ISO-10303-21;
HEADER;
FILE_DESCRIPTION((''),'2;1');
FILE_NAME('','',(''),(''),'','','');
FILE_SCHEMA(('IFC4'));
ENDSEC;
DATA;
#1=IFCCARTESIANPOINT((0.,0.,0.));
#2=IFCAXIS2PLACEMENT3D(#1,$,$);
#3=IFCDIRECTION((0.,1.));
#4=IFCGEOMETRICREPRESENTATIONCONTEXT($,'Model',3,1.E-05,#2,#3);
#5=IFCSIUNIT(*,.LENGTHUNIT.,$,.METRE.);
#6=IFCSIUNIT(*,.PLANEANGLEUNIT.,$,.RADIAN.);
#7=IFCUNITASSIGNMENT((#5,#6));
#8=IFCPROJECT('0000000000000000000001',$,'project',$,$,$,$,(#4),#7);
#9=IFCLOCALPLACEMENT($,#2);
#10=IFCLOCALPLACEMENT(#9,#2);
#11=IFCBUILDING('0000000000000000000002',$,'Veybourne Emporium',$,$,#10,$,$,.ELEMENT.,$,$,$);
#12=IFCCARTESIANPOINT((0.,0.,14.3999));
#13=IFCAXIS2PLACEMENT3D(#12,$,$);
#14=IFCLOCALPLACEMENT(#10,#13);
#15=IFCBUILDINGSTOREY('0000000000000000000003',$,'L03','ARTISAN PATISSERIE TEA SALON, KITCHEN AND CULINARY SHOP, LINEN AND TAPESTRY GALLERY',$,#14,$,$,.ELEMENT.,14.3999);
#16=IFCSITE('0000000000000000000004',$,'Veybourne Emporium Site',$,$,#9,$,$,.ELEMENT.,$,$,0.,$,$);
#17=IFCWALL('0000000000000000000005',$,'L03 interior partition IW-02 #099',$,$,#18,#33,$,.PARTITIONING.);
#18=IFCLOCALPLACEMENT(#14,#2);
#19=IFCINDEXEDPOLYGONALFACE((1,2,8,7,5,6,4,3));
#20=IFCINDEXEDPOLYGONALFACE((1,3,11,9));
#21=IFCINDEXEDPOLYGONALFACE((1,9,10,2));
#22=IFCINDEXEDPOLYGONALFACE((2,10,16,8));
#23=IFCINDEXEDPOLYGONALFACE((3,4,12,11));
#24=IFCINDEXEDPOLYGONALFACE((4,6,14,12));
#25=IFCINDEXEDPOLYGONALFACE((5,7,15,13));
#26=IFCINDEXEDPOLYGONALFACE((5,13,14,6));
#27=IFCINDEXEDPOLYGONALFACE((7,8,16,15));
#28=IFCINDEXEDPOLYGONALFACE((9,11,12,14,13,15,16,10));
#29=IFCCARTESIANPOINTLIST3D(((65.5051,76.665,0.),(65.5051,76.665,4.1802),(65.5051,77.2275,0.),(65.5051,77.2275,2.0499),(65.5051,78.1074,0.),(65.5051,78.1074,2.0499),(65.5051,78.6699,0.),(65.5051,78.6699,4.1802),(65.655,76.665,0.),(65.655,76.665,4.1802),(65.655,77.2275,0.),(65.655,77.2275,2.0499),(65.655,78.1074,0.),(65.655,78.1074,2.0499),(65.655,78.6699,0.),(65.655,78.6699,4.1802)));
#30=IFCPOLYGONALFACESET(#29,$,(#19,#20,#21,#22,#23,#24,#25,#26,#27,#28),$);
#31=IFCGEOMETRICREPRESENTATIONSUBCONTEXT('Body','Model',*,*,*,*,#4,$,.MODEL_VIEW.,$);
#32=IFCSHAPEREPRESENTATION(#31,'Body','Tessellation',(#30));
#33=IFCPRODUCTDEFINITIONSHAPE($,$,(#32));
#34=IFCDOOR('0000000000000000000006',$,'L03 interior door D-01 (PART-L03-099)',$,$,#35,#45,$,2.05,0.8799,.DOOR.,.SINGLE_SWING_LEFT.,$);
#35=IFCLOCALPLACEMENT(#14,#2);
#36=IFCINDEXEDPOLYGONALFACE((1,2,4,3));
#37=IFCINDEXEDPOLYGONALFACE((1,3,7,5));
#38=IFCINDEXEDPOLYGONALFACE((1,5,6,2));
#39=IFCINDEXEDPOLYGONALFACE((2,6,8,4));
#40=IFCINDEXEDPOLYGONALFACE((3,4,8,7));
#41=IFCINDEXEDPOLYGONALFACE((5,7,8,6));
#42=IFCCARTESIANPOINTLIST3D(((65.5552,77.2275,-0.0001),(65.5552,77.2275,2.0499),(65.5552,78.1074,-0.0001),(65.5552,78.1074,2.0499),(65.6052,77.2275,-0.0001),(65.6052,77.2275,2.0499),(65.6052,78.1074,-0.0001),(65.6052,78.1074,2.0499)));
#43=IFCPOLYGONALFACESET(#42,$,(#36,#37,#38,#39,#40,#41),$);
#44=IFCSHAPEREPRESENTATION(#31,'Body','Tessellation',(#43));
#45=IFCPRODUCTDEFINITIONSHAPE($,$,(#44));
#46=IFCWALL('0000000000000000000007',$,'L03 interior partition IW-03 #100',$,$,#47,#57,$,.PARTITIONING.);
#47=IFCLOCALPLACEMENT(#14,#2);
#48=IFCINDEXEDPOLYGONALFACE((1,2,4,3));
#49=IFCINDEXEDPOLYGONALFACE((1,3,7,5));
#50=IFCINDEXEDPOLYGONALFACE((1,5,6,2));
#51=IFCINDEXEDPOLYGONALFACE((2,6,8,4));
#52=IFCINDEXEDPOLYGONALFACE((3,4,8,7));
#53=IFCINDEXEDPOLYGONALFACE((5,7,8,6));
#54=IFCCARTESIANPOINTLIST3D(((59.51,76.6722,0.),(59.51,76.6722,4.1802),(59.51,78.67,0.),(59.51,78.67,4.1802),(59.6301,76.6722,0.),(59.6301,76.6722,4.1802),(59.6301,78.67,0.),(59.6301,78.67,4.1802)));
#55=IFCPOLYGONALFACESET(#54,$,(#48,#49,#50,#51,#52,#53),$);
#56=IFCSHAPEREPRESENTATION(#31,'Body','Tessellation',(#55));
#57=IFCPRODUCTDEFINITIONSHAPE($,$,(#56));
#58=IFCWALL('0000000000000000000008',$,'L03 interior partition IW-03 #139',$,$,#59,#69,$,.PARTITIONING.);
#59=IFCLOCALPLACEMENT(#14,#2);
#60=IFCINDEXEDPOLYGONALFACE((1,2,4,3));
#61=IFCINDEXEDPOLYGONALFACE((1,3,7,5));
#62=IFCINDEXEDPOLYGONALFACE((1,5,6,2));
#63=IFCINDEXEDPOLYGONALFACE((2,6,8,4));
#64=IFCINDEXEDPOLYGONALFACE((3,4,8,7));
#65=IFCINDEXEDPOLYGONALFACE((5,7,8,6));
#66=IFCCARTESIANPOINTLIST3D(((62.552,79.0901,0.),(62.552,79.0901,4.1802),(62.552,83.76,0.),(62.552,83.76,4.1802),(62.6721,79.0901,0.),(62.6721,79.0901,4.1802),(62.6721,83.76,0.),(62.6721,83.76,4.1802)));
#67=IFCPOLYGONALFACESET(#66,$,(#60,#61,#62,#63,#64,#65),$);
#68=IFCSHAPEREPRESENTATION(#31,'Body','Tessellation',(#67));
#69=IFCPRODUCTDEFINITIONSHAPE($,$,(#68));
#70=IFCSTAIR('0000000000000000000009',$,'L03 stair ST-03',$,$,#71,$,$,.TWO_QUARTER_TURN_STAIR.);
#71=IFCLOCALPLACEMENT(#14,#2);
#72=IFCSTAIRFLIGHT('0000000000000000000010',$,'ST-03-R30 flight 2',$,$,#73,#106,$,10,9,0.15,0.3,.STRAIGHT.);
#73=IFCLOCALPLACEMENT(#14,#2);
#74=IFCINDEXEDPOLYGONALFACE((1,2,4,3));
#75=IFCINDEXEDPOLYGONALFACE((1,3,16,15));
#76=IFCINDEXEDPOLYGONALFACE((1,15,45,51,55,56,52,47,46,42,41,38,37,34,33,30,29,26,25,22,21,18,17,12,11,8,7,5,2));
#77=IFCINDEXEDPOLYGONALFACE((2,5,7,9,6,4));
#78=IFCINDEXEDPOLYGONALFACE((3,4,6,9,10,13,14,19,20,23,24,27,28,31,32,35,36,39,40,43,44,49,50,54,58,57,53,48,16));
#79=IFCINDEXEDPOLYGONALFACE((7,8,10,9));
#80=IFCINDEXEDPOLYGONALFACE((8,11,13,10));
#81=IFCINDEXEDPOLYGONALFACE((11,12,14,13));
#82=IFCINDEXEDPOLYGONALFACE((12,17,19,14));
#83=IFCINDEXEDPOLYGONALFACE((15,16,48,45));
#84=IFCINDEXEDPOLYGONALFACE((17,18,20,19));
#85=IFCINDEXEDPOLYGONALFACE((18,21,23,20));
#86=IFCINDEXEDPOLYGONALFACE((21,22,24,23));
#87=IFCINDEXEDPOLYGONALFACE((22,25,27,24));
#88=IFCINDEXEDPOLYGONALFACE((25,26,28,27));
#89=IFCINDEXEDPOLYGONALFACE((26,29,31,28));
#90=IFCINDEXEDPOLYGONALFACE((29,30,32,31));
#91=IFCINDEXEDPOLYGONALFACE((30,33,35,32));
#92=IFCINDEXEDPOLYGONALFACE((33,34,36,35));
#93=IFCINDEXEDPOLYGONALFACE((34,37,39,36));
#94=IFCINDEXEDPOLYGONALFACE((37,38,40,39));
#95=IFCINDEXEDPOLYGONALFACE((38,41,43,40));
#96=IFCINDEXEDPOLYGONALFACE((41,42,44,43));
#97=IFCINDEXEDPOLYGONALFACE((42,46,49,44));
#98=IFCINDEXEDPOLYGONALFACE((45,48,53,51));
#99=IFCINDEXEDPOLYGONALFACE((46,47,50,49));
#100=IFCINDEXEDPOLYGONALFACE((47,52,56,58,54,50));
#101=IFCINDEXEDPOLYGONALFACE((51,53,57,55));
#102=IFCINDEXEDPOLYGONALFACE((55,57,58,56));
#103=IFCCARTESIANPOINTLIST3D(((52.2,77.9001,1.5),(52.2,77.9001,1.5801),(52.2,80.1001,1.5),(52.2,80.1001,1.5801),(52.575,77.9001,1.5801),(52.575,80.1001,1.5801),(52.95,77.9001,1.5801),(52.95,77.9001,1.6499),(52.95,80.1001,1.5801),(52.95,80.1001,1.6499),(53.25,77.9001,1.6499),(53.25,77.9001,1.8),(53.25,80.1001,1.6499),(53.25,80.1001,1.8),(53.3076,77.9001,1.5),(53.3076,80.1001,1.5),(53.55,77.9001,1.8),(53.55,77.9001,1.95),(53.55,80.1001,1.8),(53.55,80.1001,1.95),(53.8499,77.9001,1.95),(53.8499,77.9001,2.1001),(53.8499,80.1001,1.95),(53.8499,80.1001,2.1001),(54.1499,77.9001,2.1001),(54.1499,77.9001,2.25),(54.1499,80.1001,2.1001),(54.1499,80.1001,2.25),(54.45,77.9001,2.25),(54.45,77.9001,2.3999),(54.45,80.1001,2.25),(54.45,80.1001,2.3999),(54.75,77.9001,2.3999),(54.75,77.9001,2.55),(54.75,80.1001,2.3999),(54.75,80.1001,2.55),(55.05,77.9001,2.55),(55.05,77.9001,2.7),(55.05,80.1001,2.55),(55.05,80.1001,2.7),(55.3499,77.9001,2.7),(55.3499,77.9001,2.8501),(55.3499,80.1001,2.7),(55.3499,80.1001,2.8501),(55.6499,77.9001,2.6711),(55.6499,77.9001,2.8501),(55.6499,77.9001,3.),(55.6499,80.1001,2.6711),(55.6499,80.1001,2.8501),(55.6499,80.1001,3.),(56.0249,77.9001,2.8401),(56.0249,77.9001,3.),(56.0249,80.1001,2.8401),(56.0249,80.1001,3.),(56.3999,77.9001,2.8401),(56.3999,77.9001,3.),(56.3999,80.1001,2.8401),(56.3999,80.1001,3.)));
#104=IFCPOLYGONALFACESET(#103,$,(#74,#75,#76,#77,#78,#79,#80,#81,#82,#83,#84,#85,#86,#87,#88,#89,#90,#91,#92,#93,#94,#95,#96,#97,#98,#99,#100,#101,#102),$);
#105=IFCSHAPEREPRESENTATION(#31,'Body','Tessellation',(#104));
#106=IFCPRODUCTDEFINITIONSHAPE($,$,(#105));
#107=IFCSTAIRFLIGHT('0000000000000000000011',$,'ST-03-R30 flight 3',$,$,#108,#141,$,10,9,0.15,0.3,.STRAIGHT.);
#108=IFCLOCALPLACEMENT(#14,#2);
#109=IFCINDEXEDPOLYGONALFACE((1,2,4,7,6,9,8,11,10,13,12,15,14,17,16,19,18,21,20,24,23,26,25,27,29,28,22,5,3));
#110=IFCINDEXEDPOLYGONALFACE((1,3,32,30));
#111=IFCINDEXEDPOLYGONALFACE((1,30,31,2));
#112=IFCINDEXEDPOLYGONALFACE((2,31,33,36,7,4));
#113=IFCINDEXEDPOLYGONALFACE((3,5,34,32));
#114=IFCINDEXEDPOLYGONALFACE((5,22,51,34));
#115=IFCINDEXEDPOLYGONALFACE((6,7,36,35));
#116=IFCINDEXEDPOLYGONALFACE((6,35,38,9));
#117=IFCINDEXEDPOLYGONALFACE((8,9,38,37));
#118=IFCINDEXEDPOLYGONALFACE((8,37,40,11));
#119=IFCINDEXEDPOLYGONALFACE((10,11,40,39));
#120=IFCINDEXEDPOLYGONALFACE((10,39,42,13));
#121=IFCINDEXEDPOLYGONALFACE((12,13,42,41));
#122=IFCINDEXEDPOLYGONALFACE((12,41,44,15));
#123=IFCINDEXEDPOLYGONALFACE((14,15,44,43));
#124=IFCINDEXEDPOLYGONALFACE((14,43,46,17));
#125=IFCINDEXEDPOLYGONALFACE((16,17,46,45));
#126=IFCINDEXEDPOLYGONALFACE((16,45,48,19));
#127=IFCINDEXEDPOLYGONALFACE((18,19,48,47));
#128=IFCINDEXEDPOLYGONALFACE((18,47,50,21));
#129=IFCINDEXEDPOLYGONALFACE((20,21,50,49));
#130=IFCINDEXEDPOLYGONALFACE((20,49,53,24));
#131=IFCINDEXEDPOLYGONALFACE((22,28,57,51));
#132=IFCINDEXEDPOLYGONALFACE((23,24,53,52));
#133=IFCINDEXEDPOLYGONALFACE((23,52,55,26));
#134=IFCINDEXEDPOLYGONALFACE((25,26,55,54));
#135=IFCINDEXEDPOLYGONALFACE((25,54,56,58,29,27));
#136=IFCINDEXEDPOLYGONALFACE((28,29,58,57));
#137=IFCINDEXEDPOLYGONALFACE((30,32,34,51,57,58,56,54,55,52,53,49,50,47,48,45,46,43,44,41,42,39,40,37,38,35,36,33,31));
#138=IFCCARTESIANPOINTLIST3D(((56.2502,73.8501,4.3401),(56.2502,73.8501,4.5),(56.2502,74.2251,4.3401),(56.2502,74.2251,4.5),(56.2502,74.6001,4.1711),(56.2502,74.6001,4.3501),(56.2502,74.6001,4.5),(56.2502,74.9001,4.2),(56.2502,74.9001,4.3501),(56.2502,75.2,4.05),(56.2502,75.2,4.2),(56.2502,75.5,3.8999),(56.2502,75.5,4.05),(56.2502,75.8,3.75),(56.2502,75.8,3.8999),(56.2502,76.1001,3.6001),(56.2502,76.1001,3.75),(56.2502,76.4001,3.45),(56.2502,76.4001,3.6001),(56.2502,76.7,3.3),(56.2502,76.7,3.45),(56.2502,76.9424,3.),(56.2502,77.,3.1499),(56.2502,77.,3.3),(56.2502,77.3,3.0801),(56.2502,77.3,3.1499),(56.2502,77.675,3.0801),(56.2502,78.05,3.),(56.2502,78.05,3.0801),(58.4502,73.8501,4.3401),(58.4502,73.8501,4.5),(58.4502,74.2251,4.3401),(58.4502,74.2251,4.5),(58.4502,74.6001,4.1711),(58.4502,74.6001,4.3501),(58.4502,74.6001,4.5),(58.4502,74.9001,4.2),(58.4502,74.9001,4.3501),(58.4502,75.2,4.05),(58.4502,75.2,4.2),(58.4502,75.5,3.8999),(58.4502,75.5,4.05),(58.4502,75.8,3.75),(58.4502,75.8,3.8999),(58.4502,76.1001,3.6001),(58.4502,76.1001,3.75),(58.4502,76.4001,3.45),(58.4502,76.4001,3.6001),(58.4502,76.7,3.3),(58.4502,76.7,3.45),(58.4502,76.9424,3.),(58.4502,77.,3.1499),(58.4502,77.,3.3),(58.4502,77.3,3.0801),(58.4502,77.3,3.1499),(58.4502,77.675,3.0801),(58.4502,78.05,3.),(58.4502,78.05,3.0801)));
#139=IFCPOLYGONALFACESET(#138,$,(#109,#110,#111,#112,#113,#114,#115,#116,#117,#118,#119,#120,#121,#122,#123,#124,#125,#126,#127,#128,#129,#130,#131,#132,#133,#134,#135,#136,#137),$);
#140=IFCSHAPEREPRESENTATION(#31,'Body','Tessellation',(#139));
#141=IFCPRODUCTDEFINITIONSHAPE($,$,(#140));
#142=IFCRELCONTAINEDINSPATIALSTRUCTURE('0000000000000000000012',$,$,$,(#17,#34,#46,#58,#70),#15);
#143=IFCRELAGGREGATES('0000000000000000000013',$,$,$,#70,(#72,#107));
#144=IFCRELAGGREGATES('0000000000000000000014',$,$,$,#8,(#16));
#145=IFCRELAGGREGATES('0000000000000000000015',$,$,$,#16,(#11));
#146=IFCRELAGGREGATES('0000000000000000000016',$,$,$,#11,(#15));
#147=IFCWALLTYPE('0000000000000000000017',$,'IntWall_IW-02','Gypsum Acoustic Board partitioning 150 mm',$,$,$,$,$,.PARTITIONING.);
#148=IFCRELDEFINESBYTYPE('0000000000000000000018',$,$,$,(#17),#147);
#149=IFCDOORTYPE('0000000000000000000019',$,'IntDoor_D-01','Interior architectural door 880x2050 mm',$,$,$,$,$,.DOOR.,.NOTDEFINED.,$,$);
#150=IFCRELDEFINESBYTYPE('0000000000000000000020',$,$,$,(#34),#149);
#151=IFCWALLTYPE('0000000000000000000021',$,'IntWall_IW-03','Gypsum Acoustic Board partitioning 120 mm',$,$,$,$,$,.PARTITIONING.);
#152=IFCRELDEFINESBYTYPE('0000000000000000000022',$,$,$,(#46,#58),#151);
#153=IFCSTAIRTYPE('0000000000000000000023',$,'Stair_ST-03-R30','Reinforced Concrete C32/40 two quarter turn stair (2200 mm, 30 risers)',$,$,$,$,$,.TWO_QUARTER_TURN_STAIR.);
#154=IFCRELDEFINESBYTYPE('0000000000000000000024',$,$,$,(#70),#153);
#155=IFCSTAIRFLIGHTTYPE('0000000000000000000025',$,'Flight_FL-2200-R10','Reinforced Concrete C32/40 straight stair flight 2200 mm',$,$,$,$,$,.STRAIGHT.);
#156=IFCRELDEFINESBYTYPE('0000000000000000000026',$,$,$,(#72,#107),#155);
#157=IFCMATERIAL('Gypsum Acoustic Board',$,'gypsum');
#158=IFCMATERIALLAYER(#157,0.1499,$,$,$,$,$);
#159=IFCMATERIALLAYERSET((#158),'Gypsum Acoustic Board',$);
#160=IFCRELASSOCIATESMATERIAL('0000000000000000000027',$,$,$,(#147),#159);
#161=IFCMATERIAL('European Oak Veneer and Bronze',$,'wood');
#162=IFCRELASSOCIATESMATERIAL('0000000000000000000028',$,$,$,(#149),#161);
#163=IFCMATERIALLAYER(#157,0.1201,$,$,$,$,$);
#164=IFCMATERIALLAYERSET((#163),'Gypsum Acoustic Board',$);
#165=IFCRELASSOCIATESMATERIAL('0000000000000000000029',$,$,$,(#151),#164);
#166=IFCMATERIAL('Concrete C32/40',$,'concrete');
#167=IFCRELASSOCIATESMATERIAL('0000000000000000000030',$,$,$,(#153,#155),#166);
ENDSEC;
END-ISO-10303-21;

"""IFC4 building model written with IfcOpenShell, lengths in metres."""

from ifc_helpers import new_model, si_unit, direction, frame, frame_2d, origin, place, context, subcontext, project, spatial, polyline, rectangle, outline, extrude, material, layer, layer_set, type_object, element, fill, aggregate, save


model = new_model("IFC4")

# Units and contexts
model_context = context("Model", 3, precision=1e-05, world=origin(), true_north=direction((0.0, 1.0)))
body_context = subcontext(model_context, "Body", "Model", "MODEL_VIEW")
ifc_project = project(units=[si_unit("LENGTHUNIT", "METRE"), si_unit("PLANEANGLEUNIT", "RADIAN")], contexts=[model_context])

# Site, building, storey
site_placement = place(None, origin())
site = spatial("IfcSite", under=ifc_project, at=site_placement, Name="Veybourne Emporium Site", CompositionType="ELEMENT", RefElevation=0.0)
building_placement = place(site_placement, origin())
building = spatial("IfcBuilding", under=site, at=building_placement, Name="Veybourne Emporium", CompositionType="ELEMENT")
storey_placement = place(building_placement, frame((0.0, 0.0, 14.3999)))
storey = spatial("IfcBuildingStorey", under=building, at=storey_placement, Name="L03", Description="ARTISAN PATISSERIE TEA SALON, KITCHEN AND CULINARY SHOP, LINEN AND TAPESTRY GALLERY", CompositionType="ELEMENT", Elevation=14.3999)

# Wall, opening, door
ifc_material_1 = material(Name="Gypsum Acoustic Board", Category="gypsum")
ifc_material_2 = material(Name="European Oak Veneer and Bronze", Category="wood")
ifc_layer_1 = layer(ifc_material_1, 0.1499)
ifc_layer_set_1 = layer_set([ifc_layer_1], Name="Gypsum Acoustic Board")
wall_type_1 = type_object("IfcWallType", Name="IntWall_IW-02", Description="Gypsum Acoustic Board partitioning 150 mm", PredefinedType="PARTITIONING", material=ifc_layer_set_1)
wall_1_placement = place(storey_placement, frame((65.5801, 76.665, 0.0), z_axis=(0.0, 0.0, 1.0), x_axis=(0.0, 1.0, 0.0)))
wall_1 = element("IfcWall", 1, at=wall_1_placement, inside=storey, type_object=wall_type_1, Name="L03 interior partition IW-02 #099", PredefinedType="PARTITIONING", context=body_context, shape_type="SweptSolid", body=[
    extrude(rectangle(XDim=2.0049, YDim=0.1499, at=frame_2d((1.0024, 0.0))), origin(), (0.0, 0.0, 1.0), 4.1802),
])
opening_1_placement = place(wall_1_placement, frame((0.5625, 0.0, 0.0)))
opening_1 = element("IfcOpeningElement", 2, at=opening_1_placement, cuts=wall_1, PredefinedType="OPENING", context=body_context, shape_type="SweptSolid", body=[
    extrude(rectangle(XDim=0.8799, YDim=2.05, at=frame_2d((0.4399, 1.0249))), frame((0.0, 0.095, 0.0), z_axis=(0.0, -1.0, 0.0), x_axis=(1.0, 0.0, 0.0)), (0.0, 0.0, 1.0), 0.1899),
])
door_type_1 = type_object("IfcDoorType", Name="IntDoor_D-01", Description="Interior architectural door 880x2050 mm", OperationType="NOTDEFINED", PredefinedType="DOOR", material=ifc_material_2)
door_1_placement = place(opening_1_placement, origin())
door_1 = element("IfcDoor", 3, at=door_1_placement, inside=storey, type_object=door_type_1, Name="L03 interior door D-01 (PART-L03-099)", OperationType="SINGLE_SWING_LEFT", OverallHeight=2.05, OverallWidth=0.8799, PredefinedType="DOOR", context=body_context, shape_type="SweptSolid", body=[
    extrude(rectangle(XDim=0.8799, YDim=2.05, at=frame_2d((0.4399, 1.0249))), frame((0.0, 0.0249, 0.0), z_axis=(0.0, -1.0, 0.0), x_axis=(1.0, 0.0, 0.0)), (0.0, 0.0, 1.0), 0.05),
])
fill(opening_1, door_1)

# Walls
ifc_layer_2 = layer(ifc_material_1, 0.1201)
ifc_layer_set_2 = layer_set([ifc_layer_2], Name="Gypsum Acoustic Board")
wall_type_2 = type_object("IfcWallType", Name="IntWall_IW-03", Description="Gypsum Acoustic Board partitioning 120 mm", PredefinedType="PARTITIONING", material=ifc_layer_set_2)
wall_2_placement = place(storey_placement, frame((59.5701, 76.6721, 0.0), z_axis=(0.0, 0.0, 1.0), x_axis=(0.0, 1.0, 0.0)))
element("IfcWall", 4, at=wall_2_placement, inside=storey, type_object=wall_type_2, Name="L03 interior partition IW-03 #100", PredefinedType="PARTITIONING", context=body_context, shape_type="SweptSolid", body=[
    extrude(rectangle(XDim=1.9978, YDim=0.1201, at=frame_2d((0.999, 0.0))), origin(), (0.0, 0.0, 1.0), 4.1802),
])
wall_3_placement = place(storey_placement, frame((62.6121, 79.0901, 0.0), z_axis=(0.0, 0.0, 1.0), x_axis=(0.0, 1.0, 0.0)))
element("IfcWall", 5, at=wall_3_placement, inside=storey, type_object=wall_type_2, Name="L03 interior partition IW-03 #139", PredefinedType="PARTITIONING", context=body_context, shape_type="SweptSolid", body=[
    extrude(rectangle(XDim=4.6699, YDim=0.1201, at=frame_2d((2.335, 0.0))), origin(), (0.0, 0.0, 1.0), 4.1802),
])

# Stair, stair flights
ifc_material_3 = material(Name="Concrete C32/40", Category="concrete")
stair_type = type_object("IfcStairType", Name="Stair_ST-03-R30", Description="Reinforced Concrete C32/40 two quarter turn stair (2200 mm, 30 risers)", PredefinedType="TWO_QUARTER_TURN_STAIR", material=ifc_material_3)
stair_placement = place(storey_placement, origin())
stair = element("IfcStair", 6, at=stair_placement, inside=storey, type_object=stair_type, Name="L03 stair ST-03", PredefinedType="TWO_QUARTER_TURN_STAIR")
stair_flight_type = type_object("IfcStairFlightType", Name="Flight_FL-2200-R10", Description="Reinforced Concrete C32/40 straight stair flight 2200 mm", PredefinedType="STRAIGHT", material=ifc_material_3)
stair_flight_1_placement = place(storey_placement, frame((52.95, 79.0, 1.5), z_axis=(0.0, 0.0, 1.0), x_axis=(1.0, 0.0, 0.0)))
stair_flight_1 = element("IfcStairFlight", 7, at=stair_flight_1_placement, type_object=stair_flight_type, Name="ST-03-R30 flight 2", NumberOfRisers=10, NumberOfTreads=9, PredefinedType="STRAIGHT", RiserHeight=0.15, TreadLength=0.3, context=body_context, shape_type="SweptSolid", body=[
    extrude(outline(polyline([(-0.75, 0.0), (-0.75, 0.0801), (-0.375, 0.0801), (0.0, 0.0801), (0.0, 0.1499), (0.3, 0.1499), (0.3, 0.3), (0.6001, 0.3), (0.6001, 0.45), (0.8999, 0.45), (0.8999, 0.6001), (1.2, 0.6001), (1.2, 0.75), (1.5, 0.75), (1.5, 0.8999), (1.8, 0.8999), (1.8, 1.05), (2.1001, 1.05), (2.1001, 1.2), (2.3999, 1.2), (2.3999, 1.3501), (2.7, 1.3501), (2.7, 1.5), (3.075, 1.5), (3.45, 1.5), (3.45, 1.3401), (3.075, 1.3401), (2.7, 1.1711), (0.3577, 0.0), (-0.75, 0.0)])), frame((0.0, 1.1001, 0.0), z_axis=(0.0, -1.0, 0.0), x_axis=(1.0, 0.0, 0.0)), (0.0, 0.0, 1.0), 2.2),
])
stair_flight_2_placement = place(storey_placement, frame((57.3501, 77.3, 3.0), z_axis=(0.0, 0.0, 1.0), x_axis=(0.0, -1.0, 0.0)))
stair_flight_2 = element("IfcStairFlight", 8, at=stair_flight_2_placement, type_object=stair_flight_type, Name="ST-03-R30 flight 3", NumberOfRisers=10, NumberOfTreads=9, PredefinedType="STRAIGHT", RiserHeight=0.15, TreadLength=0.3, context=body_context, shape_type="SweptSolid", body=[
    extrude(outline(polyline([(-0.75, 0.0), (-0.75, 0.0801), (-0.375, 0.0801), (0.0, 0.0801), (0.0, 0.1499), (0.3, 0.1499), (0.3, 0.3), (0.6001, 0.3), (0.6001, 0.45), (0.8999, 0.45), (0.8999, 0.6001), (1.2, 0.6001), (1.2, 0.75), (1.5, 0.75), (1.5, 0.8999), (1.8, 0.8999), (1.8, 1.05), (2.1001, 1.05), (2.1001, 1.2), (2.3999, 1.2), (2.3999, 1.3501), (2.7, 1.3501), (2.7, 1.5), (3.075, 1.5), (3.45, 1.5), (3.45, 1.3401), (3.075, 1.3401), (2.7, 1.1711), (0.3577, 0.0), (-0.75, 0.0)])), frame((0.0, 1.1001, 0.0), z_axis=(0.0, -1.0, 0.0), x_axis=(1.0, 0.0, 0.0)), (0.0, 0.0, 1.0), 2.2),
])
aggregate(stair, [stair_flight_1, stair_flight_2])

save(model, "model.ifc")
